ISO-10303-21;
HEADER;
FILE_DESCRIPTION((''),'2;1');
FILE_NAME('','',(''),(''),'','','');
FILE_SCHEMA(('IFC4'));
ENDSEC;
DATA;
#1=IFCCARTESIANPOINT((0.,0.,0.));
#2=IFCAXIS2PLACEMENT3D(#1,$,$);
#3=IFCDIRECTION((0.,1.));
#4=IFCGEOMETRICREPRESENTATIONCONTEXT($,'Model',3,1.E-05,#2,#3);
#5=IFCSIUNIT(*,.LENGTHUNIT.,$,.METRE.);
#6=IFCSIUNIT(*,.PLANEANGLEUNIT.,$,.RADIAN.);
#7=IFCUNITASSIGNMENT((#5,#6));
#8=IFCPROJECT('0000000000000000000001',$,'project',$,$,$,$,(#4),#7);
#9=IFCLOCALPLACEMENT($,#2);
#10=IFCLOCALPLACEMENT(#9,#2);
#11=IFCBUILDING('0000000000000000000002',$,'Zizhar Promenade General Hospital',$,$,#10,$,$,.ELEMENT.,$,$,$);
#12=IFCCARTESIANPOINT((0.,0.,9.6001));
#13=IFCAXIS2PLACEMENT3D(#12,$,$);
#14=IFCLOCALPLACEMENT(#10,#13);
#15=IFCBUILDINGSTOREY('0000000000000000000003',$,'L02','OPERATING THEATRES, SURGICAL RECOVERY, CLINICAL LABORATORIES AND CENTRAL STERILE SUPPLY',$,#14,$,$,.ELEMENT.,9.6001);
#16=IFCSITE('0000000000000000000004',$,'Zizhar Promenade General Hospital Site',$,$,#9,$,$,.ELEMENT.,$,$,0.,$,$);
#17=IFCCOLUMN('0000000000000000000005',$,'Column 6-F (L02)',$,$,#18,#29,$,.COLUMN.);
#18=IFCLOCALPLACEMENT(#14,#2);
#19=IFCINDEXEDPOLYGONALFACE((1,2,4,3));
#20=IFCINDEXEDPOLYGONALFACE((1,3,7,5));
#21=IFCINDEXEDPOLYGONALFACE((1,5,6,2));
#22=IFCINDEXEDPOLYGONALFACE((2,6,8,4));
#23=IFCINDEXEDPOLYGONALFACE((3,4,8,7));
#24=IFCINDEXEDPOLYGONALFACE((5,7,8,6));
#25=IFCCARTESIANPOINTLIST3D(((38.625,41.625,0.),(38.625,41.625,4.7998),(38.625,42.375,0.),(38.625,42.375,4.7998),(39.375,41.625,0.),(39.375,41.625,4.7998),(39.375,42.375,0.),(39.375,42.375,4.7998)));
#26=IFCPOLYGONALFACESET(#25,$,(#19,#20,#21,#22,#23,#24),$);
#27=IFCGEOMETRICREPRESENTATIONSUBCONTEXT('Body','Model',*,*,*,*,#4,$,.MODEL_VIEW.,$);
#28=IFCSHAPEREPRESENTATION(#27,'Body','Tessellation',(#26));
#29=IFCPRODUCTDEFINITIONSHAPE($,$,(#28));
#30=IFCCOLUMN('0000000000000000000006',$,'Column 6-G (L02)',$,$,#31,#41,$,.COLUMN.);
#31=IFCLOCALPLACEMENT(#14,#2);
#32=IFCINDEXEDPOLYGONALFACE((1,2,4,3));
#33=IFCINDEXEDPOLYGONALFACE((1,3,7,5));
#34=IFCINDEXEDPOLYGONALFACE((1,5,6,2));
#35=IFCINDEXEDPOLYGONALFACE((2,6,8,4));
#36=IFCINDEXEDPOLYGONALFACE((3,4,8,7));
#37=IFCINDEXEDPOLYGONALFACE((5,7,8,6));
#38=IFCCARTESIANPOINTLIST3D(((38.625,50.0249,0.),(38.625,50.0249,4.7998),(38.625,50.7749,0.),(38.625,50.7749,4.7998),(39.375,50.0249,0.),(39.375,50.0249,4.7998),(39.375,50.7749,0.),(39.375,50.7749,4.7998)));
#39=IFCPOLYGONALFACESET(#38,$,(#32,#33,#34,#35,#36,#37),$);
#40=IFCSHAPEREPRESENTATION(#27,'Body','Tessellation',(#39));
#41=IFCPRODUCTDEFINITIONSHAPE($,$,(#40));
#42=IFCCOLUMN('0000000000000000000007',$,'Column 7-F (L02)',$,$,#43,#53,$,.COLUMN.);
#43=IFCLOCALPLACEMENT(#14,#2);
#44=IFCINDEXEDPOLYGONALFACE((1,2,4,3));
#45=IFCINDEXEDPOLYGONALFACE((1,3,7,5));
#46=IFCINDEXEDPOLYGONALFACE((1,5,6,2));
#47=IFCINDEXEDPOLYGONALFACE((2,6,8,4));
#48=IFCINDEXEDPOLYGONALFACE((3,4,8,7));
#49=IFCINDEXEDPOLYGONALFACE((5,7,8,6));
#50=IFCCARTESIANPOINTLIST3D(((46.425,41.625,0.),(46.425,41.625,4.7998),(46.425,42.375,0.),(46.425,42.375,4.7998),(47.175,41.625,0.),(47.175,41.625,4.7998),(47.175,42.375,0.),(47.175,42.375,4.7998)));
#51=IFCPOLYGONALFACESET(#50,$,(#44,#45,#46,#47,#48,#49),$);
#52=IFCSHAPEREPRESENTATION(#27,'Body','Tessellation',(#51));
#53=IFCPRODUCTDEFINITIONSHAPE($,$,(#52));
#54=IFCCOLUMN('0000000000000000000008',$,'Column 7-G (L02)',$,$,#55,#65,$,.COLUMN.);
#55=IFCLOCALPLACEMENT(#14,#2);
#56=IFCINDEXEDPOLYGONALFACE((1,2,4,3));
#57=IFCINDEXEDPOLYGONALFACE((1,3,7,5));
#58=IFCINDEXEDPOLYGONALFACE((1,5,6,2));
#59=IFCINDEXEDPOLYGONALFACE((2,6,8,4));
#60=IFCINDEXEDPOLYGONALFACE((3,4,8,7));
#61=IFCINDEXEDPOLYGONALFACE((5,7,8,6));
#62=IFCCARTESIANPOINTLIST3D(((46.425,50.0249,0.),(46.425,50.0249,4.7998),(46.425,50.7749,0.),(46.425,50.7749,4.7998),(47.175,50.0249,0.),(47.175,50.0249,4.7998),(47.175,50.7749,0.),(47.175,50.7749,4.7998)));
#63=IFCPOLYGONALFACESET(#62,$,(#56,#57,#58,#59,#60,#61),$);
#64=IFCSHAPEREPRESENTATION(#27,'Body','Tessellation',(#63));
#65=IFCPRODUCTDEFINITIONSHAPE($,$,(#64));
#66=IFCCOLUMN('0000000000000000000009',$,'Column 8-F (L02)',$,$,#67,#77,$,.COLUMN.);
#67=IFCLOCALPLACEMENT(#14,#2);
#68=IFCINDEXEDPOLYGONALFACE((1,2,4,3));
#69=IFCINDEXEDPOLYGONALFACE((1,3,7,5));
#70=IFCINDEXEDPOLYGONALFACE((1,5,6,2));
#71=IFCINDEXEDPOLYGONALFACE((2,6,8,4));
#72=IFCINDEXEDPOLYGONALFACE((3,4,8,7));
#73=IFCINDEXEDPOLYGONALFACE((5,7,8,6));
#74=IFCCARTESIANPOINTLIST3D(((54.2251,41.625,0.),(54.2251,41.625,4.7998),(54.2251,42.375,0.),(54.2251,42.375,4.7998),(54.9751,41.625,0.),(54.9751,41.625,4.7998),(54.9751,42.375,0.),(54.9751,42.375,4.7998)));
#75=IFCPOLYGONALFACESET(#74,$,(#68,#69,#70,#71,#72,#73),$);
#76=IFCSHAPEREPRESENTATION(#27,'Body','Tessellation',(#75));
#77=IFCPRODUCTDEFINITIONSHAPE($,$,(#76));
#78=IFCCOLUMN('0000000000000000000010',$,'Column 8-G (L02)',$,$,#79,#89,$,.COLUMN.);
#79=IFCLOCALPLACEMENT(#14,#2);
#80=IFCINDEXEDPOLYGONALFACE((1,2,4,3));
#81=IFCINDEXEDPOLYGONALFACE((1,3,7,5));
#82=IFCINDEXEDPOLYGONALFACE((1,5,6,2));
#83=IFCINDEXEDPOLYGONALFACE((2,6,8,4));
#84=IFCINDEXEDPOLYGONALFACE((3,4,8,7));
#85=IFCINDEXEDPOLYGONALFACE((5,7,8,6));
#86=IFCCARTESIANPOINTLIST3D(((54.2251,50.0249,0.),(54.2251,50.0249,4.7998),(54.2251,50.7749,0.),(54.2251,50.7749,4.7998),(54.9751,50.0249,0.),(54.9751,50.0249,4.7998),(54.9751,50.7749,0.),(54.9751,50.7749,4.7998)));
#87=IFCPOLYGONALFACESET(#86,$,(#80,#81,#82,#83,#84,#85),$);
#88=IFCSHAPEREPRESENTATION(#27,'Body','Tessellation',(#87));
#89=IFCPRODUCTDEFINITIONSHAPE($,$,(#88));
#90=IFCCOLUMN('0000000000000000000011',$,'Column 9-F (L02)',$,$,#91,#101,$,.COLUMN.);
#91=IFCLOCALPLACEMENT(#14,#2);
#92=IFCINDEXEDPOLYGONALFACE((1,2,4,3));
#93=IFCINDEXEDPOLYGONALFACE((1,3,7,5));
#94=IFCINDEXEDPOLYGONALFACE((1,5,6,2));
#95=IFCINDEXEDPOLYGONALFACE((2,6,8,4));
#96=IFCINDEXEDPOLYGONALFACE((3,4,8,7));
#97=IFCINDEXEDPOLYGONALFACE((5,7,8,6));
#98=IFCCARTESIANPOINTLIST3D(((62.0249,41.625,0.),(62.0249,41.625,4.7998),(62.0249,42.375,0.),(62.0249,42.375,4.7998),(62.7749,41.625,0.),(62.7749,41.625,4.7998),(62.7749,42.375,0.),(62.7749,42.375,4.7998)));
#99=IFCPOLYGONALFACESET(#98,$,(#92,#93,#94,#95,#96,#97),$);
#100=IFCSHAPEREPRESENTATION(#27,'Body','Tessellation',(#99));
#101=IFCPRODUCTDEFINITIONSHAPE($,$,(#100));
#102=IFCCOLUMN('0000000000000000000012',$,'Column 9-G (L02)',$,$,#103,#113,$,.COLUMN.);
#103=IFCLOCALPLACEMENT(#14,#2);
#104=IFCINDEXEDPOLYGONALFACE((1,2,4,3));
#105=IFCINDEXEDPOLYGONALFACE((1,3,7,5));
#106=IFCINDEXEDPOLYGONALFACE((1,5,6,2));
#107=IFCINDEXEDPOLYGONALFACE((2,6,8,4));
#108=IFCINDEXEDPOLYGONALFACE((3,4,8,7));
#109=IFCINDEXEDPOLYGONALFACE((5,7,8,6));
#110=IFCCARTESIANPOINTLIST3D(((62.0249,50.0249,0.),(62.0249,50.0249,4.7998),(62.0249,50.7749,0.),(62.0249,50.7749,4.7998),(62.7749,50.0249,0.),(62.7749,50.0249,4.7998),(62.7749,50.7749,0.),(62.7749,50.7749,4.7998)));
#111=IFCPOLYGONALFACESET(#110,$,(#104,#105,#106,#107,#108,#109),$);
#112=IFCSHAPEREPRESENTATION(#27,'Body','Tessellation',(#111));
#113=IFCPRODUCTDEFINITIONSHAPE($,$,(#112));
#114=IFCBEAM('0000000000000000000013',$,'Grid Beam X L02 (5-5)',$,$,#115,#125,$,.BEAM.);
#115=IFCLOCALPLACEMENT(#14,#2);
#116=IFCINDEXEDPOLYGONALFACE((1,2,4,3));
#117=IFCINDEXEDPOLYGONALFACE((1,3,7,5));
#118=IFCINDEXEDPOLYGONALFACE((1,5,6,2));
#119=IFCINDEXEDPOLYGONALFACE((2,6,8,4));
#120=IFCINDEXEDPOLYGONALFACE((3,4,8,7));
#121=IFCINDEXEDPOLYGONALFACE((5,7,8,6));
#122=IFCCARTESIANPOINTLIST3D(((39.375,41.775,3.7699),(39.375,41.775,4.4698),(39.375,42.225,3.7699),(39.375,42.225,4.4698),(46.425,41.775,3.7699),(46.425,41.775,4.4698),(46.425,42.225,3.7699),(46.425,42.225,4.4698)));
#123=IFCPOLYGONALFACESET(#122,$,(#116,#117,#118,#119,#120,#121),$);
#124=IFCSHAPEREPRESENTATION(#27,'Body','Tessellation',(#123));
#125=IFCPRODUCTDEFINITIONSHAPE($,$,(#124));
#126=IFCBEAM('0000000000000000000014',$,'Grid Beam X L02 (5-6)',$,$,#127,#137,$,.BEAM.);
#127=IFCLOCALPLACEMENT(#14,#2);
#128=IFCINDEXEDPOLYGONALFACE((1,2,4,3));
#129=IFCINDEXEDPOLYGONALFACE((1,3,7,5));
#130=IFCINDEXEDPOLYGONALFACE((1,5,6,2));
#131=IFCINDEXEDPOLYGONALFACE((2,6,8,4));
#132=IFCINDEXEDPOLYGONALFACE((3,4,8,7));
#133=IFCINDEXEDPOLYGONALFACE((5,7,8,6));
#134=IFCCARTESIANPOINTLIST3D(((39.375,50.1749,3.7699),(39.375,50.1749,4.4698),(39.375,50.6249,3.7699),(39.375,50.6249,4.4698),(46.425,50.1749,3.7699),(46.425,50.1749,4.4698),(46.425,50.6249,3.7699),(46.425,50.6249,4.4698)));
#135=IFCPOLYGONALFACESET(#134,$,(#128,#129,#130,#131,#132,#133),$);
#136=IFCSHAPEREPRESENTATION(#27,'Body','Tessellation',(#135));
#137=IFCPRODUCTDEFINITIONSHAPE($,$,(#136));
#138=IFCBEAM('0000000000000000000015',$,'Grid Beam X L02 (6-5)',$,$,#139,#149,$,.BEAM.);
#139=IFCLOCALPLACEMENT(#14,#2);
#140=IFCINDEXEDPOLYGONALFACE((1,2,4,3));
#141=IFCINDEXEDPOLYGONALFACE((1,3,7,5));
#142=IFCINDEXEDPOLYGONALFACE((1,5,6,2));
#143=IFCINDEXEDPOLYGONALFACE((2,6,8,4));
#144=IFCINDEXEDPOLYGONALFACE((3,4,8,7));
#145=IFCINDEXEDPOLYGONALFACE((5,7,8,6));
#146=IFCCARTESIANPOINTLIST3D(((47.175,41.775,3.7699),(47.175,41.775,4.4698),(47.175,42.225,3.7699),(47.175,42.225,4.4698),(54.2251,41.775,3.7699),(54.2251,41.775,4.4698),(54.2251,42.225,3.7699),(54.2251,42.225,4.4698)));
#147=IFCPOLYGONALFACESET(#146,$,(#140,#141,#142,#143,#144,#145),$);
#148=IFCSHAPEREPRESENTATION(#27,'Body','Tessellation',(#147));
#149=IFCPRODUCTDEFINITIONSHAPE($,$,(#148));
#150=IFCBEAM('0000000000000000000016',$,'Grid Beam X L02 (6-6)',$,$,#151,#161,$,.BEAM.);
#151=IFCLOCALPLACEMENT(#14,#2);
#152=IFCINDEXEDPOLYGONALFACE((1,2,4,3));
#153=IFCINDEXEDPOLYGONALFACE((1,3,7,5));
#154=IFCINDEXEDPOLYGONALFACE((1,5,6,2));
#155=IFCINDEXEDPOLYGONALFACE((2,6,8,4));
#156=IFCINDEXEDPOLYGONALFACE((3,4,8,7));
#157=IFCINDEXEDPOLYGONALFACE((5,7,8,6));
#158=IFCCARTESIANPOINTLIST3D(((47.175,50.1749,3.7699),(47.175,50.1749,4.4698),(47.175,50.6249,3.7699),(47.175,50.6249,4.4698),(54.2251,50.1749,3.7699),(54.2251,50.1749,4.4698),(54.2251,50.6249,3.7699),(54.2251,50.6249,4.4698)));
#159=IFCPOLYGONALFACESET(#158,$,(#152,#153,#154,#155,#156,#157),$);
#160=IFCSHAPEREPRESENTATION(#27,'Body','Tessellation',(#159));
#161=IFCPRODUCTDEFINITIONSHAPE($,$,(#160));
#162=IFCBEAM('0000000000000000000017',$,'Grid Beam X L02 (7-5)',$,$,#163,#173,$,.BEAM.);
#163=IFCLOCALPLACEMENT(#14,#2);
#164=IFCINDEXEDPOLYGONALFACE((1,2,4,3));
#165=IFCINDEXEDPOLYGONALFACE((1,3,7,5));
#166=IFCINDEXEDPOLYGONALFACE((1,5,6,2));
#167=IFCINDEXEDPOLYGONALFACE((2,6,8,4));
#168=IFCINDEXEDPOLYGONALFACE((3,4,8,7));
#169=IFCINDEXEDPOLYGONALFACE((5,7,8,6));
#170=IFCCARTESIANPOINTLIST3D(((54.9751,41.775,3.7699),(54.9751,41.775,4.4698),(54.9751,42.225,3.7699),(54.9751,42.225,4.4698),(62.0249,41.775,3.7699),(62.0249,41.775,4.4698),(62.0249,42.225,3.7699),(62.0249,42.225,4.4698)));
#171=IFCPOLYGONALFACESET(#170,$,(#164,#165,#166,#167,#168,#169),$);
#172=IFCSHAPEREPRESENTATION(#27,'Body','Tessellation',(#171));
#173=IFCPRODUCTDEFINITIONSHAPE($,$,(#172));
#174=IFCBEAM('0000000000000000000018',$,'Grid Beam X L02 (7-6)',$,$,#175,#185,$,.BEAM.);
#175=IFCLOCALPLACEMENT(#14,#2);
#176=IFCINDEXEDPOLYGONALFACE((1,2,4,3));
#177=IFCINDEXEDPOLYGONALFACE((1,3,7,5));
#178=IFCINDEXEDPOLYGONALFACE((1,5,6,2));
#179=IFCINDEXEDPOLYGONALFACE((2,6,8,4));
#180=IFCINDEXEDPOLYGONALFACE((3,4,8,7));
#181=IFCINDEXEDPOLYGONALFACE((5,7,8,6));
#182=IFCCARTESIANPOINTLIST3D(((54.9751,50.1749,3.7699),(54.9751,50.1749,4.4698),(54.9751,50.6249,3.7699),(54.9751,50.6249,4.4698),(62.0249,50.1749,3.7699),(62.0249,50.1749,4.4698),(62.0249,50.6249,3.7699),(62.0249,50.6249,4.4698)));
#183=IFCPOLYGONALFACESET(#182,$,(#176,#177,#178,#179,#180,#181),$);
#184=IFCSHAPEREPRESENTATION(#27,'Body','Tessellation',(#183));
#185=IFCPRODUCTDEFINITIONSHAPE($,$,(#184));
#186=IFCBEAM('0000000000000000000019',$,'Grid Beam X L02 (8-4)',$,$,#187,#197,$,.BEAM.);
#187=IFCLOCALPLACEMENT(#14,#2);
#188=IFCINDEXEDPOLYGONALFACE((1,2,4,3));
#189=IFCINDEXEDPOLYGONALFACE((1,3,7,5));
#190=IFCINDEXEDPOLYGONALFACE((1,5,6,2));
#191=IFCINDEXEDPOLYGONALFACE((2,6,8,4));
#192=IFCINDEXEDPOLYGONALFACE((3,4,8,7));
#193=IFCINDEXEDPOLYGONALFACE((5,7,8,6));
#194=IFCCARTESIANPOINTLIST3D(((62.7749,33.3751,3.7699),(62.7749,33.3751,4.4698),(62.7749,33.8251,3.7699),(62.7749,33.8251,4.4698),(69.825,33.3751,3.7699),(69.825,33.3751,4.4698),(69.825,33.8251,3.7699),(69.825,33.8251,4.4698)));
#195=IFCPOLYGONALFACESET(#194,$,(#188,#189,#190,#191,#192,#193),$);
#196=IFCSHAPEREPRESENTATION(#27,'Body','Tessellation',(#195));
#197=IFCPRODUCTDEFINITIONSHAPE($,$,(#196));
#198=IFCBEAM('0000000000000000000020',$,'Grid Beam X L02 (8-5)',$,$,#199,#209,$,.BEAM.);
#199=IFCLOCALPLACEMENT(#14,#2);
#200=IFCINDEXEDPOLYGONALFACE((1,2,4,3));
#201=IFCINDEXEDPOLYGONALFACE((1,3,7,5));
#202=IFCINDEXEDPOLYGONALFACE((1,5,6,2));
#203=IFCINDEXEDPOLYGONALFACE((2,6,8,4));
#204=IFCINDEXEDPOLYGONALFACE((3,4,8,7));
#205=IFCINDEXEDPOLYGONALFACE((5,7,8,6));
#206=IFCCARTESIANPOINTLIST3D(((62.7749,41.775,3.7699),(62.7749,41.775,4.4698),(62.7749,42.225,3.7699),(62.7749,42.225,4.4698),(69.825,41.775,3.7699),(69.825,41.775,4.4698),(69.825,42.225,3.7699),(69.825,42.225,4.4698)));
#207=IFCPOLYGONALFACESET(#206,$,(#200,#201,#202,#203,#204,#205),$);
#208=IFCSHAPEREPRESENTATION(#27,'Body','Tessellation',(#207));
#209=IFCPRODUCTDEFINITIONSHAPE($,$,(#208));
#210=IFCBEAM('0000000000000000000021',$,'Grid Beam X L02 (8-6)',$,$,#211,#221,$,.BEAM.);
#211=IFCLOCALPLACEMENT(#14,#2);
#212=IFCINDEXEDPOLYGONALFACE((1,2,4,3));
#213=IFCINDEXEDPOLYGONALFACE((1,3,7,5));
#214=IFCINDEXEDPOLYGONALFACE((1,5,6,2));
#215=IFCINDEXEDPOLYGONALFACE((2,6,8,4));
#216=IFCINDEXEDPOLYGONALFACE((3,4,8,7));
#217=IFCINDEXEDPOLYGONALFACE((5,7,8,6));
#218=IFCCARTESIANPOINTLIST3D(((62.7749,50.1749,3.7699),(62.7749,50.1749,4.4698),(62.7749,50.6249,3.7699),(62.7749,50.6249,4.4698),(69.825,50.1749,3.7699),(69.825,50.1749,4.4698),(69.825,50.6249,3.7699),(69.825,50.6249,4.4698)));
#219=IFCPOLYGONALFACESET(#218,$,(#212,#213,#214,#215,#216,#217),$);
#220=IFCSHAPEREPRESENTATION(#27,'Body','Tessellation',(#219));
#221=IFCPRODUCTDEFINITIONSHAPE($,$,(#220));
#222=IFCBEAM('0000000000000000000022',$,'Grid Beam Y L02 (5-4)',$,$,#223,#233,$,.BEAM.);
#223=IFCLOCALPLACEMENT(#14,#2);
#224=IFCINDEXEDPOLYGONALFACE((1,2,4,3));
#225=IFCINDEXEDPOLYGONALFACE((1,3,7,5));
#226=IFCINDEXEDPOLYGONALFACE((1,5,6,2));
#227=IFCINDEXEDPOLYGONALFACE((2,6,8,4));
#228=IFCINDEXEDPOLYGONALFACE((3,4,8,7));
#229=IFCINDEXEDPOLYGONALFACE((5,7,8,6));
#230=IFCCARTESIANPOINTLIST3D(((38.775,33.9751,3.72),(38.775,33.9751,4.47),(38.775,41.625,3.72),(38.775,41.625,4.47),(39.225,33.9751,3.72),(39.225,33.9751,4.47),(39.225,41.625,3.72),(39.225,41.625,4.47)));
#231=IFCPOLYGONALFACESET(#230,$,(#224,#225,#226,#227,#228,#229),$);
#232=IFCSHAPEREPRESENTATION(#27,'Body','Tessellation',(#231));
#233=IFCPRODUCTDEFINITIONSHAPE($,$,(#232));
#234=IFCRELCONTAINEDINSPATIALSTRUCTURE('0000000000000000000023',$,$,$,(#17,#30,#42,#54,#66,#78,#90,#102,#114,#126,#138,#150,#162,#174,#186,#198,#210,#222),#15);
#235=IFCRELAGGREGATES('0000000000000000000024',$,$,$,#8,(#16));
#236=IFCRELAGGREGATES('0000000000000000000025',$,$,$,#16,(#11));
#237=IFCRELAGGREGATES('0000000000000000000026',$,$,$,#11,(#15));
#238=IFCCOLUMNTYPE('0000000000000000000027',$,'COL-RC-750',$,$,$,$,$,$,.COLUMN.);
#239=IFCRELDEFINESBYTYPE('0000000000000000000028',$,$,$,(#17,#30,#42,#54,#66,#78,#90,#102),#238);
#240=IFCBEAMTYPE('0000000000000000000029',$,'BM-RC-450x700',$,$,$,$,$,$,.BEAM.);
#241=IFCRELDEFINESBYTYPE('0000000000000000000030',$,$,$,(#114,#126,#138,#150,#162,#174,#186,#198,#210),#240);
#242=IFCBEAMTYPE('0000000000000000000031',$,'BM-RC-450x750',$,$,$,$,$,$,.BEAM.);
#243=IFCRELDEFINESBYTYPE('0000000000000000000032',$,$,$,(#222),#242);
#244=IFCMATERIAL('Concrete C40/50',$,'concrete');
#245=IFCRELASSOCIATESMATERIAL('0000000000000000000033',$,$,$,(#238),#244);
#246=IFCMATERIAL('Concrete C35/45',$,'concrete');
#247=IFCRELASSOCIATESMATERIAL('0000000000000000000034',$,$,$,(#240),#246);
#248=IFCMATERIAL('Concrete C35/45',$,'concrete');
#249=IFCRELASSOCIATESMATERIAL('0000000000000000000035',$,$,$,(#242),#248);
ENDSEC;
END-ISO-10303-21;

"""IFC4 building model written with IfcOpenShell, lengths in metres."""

from ifc_helpers import new_model, si_unit, direction, frame, origin, origin_2d, place, context, subcontext, project, spatial, rectangle, extrude, material, material_profile, profile_set, type_object, element, save


model = new_model("IFC4")

# Units and contexts
model_context = context("Model", 3, precision=1e-05, world=origin(), true_north=direction((0.0, 1.0)))
body_context = subcontext(model_context, "Body", "Model", "MODEL_VIEW")
ifc_project = project(units=[si_unit("LENGTHUNIT", "METRE"), si_unit("PLANEANGLEUNIT", "RADIAN")], contexts=[model_context])

# Site, building, storey
site_placement = place(None, origin())
site = spatial("IfcSite", under=ifc_project, at=site_placement, Name="Zizhar Promenade General Hospital Site", CompositionType="ELEMENT", RefElevation=0.0)
building_placement = place(site_placement, origin())
building = spatial("IfcBuilding", under=site, at=building_placement, Name="Zizhar Promenade General Hospital", CompositionType="ELEMENT")
storey_placement = place(building_placement, frame((0.0, 0.0, 9.6001)))
storey = spatial("IfcBuildingStorey", under=building, at=storey_placement, Name="L02", Description="OPERATING THEATRES, SURGICAL RECOVERY, CLINICAL LABORATORIES AND CENTRAL STERILE SUPPLY", CompositionType="ELEMENT", Elevation=9.6001)

# Columns
ifc_material_1 = material(Name="Concrete C40/50", Category="concrete")
ifc_material_profile_1 = material_profile(ifc_material_1, rectangle(XDim=0.75, YDim=0.75, at=origin_2d()))
ifc_profile_set_1 = profile_set([ifc_material_profile_1], Name="Concrete C40/50")
column_type = type_object("IfcColumnType", Name="COL-RC-750", PredefinedType="COLUMN", material=ifc_profile_set_1)
for number, where, z_axis, x_axis, name in (
    (1, (39.0, 42.0, 0.0), (0.0, 0.0, 1.0), (1.0, 0.0, 0.0), "Column 6-F (L02)"),
    (2, (39.0, 50.3999, 0.0), (0.0, 0.0, 1.0), (1.0, 0.0, 0.0), "Column 6-G (L02)"),
    (3, (46.8, 42.0, 0.0), (0.0, 0.0, 1.0), (1.0, 0.0, 0.0), "Column 7-F (L02)"),
    (4, (46.8, 50.3999, 0.0), (0.0, 0.0, 1.0), (1.0, 0.0, 0.0), "Column 7-G (L02)"),
    (5, (54.6001, 42.0, 0.0), (0.0, 0.0, 1.0), (1.0, 0.0, 0.0), "Column 8-F (L02)"),
    (6, (54.6001, 50.3999, 0.0), (0.0, 0.0, 1.0), (1.0, 0.0, 0.0), "Column 8-G (L02)"),
    (7, (62.3999, 42.0, 0.0), (0.0, 0.0, 1.0), (1.0, 0.0, 0.0), "Column 9-F (L02)"),
    (8, (62.3999, 50.3999, 0.0), (0.0, 0.0, 1.0), (1.0, 0.0, 0.0), "Column 9-G (L02)"),
):
    element("IfcColumn", number, at=place(storey_placement, frame(where, z_axis=z_axis, x_axis=x_axis)), inside=storey, type_object=column_type, Name=name, PredefinedType="COLUMN", context=body_context, shape_type="SweptSolid", body=[
        extrude(rectangle(XDim=0.75, YDim=0.75, at=origin_2d()), origin(), (0.0, 0.0, 1.0), 4.7998),
    ])

# Beams
ifc_material_2 = material(Name="Concrete C35/45", Category="concrete")
ifc_material_profile_2 = material_profile(ifc_material_2, rectangle(XDim=0.45, YDim=0.7, at=origin_2d()))
ifc_profile_set_2 = profile_set([ifc_material_profile_2], Name="Concrete C35/45")
beam_type_1 = type_object("IfcBeamType", Name="BM-RC-450x700", PredefinedType="BEAM", material=ifc_profile_set_2)
for number, where, z_axis, x_axis, name in (
    (9, (39.375, 42.0, 4.1199), (1.0, 0.0, 0.0), (0.0, 1.0, 0.0), "Grid Beam X L02 (5-5)"),
    (10, (39.375, 50.3999, 4.1199), (1.0, 0.0, 0.0), (0.0, 1.0, 0.0), "Grid Beam X L02 (5-6)"),
    (11, (47.175, 42.0, 4.1199), (1.0, 0.0, 0.0), (0.0, 1.0, 0.0), "Grid Beam X L02 (6-5)"),
    (12, (47.175, 50.3999, 4.1199), (1.0, 0.0, 0.0), (0.0, 1.0, 0.0), "Grid Beam X L02 (6-6)"),
):
    element("IfcBeam", number, at=place(storey_placement, frame(where, z_axis=z_axis, x_axis=x_axis)), inside=storey, type_object=beam_type_1, Name=name, PredefinedType="BEAM", context=body_context, shape_type="SweptSolid", body=[
        extrude(rectangle(XDim=0.45, YDim=0.7, at=origin_2d()), origin(), (0.0, 0.0, 1.0), 7.05),
    ])
for number, where, z_axis, x_axis, name in (
    (13, (54.9751, 42.0, 4.1199), (1.0, 0.0, 0.0), (0.0, 1.0, 0.0), "Grid Beam X L02 (7-5)"),
    (14, (54.9751, 50.3999, 4.1199), (1.0, 0.0, 0.0), (0.0, 1.0, 0.0), "Grid Beam X L02 (7-6)"),
):
    element("IfcBeam", number, at=place(storey_placement, frame(where, z_axis=z_axis, x_axis=x_axis)), inside=storey, type_object=beam_type_1, Name=name, PredefinedType="BEAM", context=body_context, shape_type="SweptSolid", body=[
        extrude(rectangle(XDim=0.45, YDim=0.7, at=origin_2d()), origin(), (0.0, 0.0, 1.0), 7.0498),
    ])
for number, where, z_axis, x_axis, name in (
    (15, (62.7749, 33.6001, 4.1199), (1.0, 0.0, 0.0), (0.0, 1.0, 0.0), "Grid Beam X L02 (8-4)"),
    (16, (62.7749, 42.0, 4.1199), (1.0, 0.0, 0.0), (0.0, 1.0, 0.0), "Grid Beam X L02 (8-5)"),
    (17, (62.7749, 50.3999, 4.1199), (1.0, 0.0, 0.0), (0.0, 1.0, 0.0), "Grid Beam X L02 (8-6)"),
):
    element("IfcBeam", number, at=place(storey_placement, frame(where, z_axis=z_axis, x_axis=x_axis)), inside=storey, type_object=beam_type_1, Name=name, PredefinedType="BEAM", context=body_context, shape_type="SweptSolid", body=[
        extrude(rectangle(XDim=0.45, YDim=0.7, at=origin_2d()), origin(), (0.0, 0.0, 1.0), 7.05),
    ])
ifc_material_3 = material(Name="Concrete C35/45", Category="concrete")
ifc_material_profile_3 = material_profile(ifc_material_3, rectangle(XDim=0.45, YDim=0.75, at=origin_2d()))
ifc_profile_set_3 = profile_set([ifc_material_profile_3], Name="Concrete C35/45")
beam_type_2 = type_object("IfcBeamType", Name="BM-RC-450x750", PredefinedType="BEAM", material=ifc_profile_set_3)
for number, where, z_axis, x_axis, name in (
    (18, (39.0, 33.9751, 4.095), (0.0, 1.0, 0.0), (-1.0, 0.0, 0.0), "Grid Beam Y L02 (5-4)"),
):
    element("IfcBeam", number, at=place(storey_placement, frame(where, z_axis=z_axis, x_axis=x_axis)), inside=storey, type_object=beam_type_2, Name=name, PredefinedType="BEAM", context=body_context, shape_type="SweptSolid", body=[
        extrude(rectangle(XDim=0.45, YDim=0.75, at=origin_2d()), origin(), (0.0, 0.0, 1.0), 7.6499),
    ])

save(model, "model.ifc")
